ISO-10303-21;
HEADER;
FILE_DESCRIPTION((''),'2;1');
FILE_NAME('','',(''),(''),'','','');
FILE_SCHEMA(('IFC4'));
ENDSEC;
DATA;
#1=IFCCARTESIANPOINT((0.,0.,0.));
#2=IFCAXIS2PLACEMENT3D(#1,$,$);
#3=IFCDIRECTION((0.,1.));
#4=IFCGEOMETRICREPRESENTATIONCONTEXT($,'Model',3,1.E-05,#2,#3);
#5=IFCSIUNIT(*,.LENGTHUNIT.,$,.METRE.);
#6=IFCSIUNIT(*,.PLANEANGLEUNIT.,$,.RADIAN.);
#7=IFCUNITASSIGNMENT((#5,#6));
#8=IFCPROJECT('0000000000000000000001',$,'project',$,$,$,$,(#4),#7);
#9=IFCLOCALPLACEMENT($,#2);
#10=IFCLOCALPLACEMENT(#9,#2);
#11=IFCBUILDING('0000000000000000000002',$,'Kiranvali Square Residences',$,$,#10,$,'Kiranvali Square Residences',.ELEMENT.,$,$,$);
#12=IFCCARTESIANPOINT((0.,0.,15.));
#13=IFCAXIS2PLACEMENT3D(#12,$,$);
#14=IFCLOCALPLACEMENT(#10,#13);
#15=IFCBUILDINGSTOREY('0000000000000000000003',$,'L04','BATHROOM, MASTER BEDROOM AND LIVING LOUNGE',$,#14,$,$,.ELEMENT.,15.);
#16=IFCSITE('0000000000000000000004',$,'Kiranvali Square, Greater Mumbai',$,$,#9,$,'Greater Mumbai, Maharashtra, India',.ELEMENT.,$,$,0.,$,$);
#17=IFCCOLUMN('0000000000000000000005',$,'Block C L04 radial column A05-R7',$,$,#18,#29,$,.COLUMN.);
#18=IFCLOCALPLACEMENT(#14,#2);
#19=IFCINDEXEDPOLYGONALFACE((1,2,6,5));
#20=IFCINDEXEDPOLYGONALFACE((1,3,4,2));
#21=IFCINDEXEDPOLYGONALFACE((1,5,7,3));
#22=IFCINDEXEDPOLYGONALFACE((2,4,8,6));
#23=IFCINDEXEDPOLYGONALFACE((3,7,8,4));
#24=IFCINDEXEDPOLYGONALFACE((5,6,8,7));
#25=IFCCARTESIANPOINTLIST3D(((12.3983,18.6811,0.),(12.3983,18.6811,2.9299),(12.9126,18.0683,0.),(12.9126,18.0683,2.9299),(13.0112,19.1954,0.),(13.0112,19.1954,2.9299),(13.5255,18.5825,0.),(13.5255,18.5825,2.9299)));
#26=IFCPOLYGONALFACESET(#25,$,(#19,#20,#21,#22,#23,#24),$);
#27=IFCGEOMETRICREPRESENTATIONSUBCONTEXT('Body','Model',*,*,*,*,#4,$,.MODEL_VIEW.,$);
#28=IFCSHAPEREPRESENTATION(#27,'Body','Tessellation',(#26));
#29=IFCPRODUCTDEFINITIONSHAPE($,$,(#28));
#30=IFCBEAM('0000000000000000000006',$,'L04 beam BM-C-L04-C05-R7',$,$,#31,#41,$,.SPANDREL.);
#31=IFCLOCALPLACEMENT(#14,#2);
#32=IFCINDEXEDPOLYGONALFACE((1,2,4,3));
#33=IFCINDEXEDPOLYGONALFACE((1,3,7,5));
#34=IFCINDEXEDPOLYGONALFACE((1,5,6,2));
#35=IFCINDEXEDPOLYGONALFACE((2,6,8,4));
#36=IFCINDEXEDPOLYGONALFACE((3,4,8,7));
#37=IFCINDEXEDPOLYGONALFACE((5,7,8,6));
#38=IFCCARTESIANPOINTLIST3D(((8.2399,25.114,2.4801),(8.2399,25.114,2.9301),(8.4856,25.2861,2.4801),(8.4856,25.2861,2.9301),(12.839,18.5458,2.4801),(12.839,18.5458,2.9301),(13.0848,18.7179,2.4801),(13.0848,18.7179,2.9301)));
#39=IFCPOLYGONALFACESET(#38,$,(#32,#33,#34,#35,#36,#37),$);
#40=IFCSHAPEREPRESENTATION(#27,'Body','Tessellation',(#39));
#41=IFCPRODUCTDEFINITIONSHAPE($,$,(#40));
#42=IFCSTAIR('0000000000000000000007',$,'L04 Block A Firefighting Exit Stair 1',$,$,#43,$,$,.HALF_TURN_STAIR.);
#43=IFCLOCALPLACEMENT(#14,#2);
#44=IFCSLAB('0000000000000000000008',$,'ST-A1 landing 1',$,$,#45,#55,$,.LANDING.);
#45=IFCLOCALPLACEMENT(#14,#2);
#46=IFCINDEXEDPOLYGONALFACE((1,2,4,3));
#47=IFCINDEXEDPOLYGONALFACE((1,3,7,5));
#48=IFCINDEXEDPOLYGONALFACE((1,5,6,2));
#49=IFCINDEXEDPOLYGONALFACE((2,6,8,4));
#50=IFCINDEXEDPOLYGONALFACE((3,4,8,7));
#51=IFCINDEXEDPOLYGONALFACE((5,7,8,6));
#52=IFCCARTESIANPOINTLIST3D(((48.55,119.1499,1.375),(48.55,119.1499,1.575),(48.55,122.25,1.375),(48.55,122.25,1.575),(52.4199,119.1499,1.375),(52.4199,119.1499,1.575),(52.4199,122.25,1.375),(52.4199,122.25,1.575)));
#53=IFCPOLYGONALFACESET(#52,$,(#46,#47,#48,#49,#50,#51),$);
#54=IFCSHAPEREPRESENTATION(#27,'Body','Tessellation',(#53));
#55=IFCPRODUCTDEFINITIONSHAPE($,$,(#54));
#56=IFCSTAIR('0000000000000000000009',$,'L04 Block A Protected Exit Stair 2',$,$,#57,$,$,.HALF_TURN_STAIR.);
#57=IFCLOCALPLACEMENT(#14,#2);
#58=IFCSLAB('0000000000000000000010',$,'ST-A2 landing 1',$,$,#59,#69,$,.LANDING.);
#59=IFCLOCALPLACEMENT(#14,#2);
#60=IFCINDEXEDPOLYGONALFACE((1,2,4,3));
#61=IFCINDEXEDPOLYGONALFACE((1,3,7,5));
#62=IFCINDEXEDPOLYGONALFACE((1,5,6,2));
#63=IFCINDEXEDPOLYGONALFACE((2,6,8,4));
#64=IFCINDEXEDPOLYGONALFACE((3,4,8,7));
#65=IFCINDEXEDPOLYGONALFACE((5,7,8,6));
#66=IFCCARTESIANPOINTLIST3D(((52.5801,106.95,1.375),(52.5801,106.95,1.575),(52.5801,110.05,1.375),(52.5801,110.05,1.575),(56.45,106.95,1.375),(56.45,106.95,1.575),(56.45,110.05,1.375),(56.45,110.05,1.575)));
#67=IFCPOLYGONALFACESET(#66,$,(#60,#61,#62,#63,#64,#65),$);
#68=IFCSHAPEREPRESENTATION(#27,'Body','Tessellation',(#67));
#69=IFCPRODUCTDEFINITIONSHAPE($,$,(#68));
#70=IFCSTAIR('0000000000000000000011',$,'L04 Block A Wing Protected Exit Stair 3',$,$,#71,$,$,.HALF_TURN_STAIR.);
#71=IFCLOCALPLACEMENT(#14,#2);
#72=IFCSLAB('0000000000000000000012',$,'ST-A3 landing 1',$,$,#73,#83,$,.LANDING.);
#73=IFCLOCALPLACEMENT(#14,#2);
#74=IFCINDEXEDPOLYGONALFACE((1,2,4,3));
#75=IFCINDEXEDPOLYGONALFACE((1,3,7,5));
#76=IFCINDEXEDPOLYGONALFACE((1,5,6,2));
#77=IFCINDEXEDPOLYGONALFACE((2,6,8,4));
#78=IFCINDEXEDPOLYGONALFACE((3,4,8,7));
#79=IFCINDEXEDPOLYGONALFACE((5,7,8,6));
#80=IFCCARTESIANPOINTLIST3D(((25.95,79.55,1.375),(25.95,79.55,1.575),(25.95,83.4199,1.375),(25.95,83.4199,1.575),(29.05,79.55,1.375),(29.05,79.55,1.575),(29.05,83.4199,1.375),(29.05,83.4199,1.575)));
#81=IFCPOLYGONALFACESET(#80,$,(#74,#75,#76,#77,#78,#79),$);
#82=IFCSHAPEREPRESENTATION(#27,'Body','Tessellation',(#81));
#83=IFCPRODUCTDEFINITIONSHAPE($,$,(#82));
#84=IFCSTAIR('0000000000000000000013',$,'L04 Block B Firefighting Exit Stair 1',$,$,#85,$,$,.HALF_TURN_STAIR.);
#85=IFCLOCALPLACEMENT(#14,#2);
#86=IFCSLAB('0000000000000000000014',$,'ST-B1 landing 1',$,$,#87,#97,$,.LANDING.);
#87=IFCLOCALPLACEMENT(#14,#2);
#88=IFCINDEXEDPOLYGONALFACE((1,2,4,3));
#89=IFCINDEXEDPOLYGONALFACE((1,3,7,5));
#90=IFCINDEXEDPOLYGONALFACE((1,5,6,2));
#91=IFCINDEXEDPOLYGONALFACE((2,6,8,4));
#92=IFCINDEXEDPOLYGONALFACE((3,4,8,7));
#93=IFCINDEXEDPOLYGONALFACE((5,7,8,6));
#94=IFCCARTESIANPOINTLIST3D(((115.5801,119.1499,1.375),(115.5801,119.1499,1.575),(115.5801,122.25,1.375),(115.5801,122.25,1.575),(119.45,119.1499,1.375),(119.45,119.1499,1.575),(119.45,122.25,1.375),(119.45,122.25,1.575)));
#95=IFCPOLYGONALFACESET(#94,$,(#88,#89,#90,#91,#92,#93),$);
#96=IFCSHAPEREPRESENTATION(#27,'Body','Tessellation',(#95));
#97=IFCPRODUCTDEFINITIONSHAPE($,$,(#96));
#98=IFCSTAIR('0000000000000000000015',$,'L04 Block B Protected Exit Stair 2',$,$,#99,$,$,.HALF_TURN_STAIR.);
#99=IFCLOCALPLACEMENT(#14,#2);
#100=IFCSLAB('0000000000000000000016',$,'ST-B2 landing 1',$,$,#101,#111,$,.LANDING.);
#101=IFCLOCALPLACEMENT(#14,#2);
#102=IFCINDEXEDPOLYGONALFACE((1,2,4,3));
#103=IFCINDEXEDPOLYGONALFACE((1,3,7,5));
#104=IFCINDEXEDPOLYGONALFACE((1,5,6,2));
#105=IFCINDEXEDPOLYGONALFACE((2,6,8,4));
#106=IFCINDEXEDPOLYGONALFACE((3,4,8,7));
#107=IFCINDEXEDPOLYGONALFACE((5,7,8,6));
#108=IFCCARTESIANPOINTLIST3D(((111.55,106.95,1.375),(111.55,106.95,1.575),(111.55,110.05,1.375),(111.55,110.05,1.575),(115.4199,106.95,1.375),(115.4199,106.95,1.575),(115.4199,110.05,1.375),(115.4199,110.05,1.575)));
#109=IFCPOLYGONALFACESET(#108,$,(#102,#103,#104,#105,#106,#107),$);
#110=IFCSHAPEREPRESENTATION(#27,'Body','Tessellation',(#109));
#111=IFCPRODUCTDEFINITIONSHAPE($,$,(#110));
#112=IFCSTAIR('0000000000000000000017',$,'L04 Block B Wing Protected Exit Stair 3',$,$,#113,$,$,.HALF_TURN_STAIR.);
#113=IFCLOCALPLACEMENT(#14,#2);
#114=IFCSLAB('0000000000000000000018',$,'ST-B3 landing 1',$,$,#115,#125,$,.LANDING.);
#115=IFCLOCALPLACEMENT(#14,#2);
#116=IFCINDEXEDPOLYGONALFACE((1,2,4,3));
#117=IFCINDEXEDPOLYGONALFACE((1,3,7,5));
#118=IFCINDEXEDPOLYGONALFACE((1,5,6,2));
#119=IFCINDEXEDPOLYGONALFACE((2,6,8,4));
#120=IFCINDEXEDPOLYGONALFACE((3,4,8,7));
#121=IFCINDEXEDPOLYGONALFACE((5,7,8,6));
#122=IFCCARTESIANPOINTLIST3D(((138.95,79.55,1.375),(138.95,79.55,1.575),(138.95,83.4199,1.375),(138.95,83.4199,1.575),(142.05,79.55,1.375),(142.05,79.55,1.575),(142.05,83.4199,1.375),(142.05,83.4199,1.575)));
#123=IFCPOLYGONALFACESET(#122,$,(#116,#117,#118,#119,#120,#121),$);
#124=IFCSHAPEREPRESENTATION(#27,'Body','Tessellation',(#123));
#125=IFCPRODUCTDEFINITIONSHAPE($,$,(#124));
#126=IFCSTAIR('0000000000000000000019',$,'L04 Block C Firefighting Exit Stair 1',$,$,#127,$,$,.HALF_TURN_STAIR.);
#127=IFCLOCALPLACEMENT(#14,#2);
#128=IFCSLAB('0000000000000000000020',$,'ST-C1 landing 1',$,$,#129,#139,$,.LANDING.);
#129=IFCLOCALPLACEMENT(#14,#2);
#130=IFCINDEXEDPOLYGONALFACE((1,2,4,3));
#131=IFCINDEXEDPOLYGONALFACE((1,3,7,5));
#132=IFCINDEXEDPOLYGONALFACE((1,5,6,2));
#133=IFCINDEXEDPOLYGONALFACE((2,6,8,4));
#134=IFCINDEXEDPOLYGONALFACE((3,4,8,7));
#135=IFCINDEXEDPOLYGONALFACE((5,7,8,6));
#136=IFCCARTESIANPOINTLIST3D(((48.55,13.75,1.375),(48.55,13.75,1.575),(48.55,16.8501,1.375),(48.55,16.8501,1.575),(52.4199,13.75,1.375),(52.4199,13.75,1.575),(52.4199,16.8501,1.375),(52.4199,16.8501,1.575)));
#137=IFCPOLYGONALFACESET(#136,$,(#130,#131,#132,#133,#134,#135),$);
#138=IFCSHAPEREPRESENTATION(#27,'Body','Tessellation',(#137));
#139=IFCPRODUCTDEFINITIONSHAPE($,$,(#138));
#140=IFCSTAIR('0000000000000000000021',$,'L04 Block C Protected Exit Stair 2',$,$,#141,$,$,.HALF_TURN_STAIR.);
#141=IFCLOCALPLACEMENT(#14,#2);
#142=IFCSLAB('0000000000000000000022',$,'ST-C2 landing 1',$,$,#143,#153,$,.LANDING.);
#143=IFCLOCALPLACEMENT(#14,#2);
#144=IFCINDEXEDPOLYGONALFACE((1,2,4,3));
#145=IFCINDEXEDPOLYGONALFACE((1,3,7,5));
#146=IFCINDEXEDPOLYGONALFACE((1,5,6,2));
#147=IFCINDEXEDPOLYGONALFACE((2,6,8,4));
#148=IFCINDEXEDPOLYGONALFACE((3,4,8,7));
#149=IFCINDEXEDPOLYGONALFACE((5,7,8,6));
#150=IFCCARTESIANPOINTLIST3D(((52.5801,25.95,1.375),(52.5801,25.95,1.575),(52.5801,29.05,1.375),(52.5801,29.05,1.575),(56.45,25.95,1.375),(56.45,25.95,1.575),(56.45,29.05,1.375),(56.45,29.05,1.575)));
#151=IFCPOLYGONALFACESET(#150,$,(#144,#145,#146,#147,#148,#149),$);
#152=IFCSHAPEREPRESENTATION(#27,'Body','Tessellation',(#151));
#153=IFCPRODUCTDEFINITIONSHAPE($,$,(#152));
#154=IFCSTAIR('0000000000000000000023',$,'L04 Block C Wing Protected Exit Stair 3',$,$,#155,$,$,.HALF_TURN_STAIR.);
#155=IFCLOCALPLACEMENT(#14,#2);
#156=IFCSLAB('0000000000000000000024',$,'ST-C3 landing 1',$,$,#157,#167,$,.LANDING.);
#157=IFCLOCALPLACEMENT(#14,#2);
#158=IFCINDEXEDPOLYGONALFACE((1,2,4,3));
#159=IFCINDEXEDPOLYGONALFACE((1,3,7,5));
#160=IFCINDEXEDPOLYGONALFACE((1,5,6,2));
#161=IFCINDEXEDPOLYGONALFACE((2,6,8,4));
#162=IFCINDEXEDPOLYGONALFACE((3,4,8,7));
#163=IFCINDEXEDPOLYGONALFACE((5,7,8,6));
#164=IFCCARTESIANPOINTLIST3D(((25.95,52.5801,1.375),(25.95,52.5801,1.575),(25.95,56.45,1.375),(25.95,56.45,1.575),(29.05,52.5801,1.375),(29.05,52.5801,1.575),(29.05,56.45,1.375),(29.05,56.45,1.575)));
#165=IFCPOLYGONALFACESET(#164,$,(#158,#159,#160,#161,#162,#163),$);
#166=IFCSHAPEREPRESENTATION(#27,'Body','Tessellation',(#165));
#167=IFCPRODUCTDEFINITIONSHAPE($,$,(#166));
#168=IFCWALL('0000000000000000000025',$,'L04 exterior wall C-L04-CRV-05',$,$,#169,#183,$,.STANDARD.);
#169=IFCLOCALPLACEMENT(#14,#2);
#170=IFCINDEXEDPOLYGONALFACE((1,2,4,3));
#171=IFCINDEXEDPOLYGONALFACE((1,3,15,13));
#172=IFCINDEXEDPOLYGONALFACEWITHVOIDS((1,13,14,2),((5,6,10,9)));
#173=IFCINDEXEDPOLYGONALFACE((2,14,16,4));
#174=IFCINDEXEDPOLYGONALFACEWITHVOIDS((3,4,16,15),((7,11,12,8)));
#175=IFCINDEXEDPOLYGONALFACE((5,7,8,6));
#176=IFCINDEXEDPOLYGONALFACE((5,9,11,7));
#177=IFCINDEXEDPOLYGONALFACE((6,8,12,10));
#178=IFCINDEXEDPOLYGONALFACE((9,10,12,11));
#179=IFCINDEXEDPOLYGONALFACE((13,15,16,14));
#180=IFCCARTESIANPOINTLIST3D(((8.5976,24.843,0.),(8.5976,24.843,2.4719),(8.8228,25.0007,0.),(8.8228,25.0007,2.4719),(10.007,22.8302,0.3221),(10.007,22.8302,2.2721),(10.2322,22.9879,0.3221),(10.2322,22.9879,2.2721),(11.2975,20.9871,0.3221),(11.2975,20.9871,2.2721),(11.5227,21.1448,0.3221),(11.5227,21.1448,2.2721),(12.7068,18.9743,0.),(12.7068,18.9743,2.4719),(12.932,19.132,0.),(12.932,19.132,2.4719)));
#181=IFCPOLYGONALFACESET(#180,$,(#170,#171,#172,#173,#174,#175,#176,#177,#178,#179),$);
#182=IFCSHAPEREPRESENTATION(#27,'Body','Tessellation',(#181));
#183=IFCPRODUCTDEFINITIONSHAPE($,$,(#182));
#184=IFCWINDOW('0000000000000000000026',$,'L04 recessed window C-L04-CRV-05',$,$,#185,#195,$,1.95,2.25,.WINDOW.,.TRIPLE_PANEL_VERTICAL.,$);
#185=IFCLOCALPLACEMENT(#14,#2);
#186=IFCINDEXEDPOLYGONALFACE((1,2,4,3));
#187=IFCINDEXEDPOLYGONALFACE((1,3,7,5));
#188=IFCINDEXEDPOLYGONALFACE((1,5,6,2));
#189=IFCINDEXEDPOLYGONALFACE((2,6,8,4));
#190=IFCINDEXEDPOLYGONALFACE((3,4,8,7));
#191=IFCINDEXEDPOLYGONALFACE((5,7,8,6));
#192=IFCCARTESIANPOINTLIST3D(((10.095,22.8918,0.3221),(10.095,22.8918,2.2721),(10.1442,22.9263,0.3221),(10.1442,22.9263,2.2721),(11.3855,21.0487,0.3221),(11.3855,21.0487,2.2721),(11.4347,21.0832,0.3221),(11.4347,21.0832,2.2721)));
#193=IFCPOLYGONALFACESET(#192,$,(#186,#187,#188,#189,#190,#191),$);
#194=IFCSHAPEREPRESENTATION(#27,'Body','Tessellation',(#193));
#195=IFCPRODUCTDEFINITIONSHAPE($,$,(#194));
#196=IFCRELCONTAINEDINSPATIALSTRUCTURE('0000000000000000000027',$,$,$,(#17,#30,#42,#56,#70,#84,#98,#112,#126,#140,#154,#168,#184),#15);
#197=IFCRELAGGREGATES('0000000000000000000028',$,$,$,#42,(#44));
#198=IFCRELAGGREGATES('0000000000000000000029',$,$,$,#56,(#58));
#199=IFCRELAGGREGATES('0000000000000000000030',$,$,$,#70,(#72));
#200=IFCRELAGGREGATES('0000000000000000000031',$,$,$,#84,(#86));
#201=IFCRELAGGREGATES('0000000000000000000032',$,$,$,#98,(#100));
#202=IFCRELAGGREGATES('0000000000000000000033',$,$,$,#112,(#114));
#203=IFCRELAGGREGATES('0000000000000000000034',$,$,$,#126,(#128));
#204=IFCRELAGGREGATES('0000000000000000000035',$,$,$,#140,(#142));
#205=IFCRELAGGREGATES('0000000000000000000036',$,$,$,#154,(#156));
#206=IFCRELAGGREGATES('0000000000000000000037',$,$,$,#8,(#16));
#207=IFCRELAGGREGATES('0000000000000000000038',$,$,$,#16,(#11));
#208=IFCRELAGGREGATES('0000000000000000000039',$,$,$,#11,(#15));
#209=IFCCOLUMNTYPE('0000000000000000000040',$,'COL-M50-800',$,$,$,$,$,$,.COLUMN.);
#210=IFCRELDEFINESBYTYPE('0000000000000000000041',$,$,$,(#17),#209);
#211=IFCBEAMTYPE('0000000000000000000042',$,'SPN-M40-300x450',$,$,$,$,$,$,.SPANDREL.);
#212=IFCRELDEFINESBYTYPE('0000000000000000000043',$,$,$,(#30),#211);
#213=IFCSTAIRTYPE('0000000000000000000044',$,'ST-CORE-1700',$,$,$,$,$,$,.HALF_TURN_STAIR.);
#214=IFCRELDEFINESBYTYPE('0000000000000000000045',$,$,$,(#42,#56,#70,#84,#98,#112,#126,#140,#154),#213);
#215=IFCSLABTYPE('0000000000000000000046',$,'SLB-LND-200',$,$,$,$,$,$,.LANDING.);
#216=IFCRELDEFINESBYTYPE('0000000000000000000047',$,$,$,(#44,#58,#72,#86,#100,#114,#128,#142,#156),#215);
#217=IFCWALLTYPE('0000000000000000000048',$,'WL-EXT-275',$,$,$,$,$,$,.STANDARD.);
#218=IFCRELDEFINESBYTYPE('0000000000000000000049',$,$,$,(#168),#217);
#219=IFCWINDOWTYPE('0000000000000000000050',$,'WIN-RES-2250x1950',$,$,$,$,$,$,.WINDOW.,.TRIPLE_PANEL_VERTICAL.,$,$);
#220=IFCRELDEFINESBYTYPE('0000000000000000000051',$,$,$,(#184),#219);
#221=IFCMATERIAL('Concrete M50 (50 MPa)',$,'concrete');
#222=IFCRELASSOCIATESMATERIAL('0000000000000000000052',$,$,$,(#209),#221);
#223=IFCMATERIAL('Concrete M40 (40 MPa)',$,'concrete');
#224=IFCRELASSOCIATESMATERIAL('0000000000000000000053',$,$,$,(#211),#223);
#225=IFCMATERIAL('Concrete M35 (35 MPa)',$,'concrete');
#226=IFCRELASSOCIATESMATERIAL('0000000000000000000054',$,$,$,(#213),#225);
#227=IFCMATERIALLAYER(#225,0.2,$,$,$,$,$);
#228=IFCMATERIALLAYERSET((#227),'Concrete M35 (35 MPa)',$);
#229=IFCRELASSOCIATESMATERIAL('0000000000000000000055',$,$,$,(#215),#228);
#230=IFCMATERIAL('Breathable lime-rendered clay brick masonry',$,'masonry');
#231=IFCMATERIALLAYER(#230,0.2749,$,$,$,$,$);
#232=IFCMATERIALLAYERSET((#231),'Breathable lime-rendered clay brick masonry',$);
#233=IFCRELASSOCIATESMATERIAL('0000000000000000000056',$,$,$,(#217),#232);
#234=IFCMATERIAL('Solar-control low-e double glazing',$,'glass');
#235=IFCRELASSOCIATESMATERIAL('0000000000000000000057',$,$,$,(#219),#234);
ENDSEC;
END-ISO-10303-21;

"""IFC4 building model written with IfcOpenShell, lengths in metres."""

from ifc_helpers import new_model, si_unit, direction, frame, frame_2d, origin, origin_2d, place, context, subcontext, project, spatial, polyline, rectangle, outline, extrude, material, layer, layer_set, material_profile, profile_set, type_object, element, fill, aggregate, save


model = new_model("IFC4")

# Units and contexts
model_context = context("Model", 3, precision=1e-05, world=origin(), true_north=direction((0.0, 1.0)))
body_context = subcontext(model_context, "Body", "Model", "MODEL_VIEW")
ifc_project = project(units=[si_unit("LENGTHUNIT", "METRE"), si_unit("PLANEANGLEUNIT", "RADIAN")], contexts=[model_context])

# Site, building, storey
site_placement = place(None, origin())
site = spatial("IfcSite", under=ifc_project, at=site_placement, Name="Kiranvali Square, Greater Mumbai", LongName="Greater Mumbai, Maharashtra, India", CompositionType="ELEMENT", RefElevation=0.0)
building_placement = place(site_placement, origin())
building = spatial("IfcBuilding", under=site, at=building_placement, Name="Kiranvali Square Residences", LongName="Kiranvali Square Residences", CompositionType="ELEMENT")
storey_placement = place(building_placement, frame((0.0, 0.0, 15.0)))
storey = spatial("IfcBuildingStorey", under=building, at=storey_placement, Name="L04", Description="BATHROOM, MASTER BEDROOM AND LIVING LOUNGE", CompositionType="ELEMENT", Elevation=15.0)

# Column
ifc_material_1 = material(Name="Concrete M50 (50 MPa)", Category="concrete")
ifc_material_profile_1 = material_profile(ifc_material_1, rectangle(XDim=0.8, YDim=0.8, at=origin_2d()), Name="RC 800x800")
ifc_profile_set_1 = profile_set([ifc_material_profile_1], Name="Concrete M50 (50 MPa)")
column_type = type_object("IfcColumnType", Name="COL-M50-800", PredefinedType="COLUMN", material=ifc_profile_set_1)
column_placement = place(storey_placement, frame((12.9619, 18.6318, 0.0), z_axis=(0.0, 0.0, 1.0), x_axis=(-0.642788, 0.766044, 0.0)))
element("IfcColumn", 1, at=column_placement, inside=storey, type_object=column_type, Name="Block C L04 radial column A05-R7", PredefinedType="COLUMN", context=body_context, shape_type="SweptSolid", body=[
    extrude(rectangle(XDim=0.8, YDim=0.8, at=origin_2d()), origin(), (0.0, 0.0, 1.0), 2.9299),
])

# Beam
ifc_material_2 = material(Name="Concrete M40 (40 MPa)", Category="concrete")
ifc_material_profile_2 = material_profile(ifc_material_2, rectangle(XDim=0.3, YDim=0.45, at=origin_2d()), Name="RC 300x450")
ifc_profile_set_2 = profile_set([ifc_material_profile_2], Name="Concrete M40 (40 MPa)")
beam_type = type_object("IfcBeamType", Name="SPN-M40-300x450", PredefinedType="SPANDREL", material=ifc_profile_set_2)
beam_placement = place(storey_placement, frame((12.9619, 18.6318, 2.7051), z_axis=(-0.573583, 0.819148, 0.0), x_axis=(-0.819148, -0.573583, 0.0)))
element("IfcBeam", 2, at=beam_placement, inside=storey, type_object=beam_type, Name="L04 beam BM-C-L04-C05-R7", PredefinedType="SPANDREL", context=body_context, shape_type="SweptSolid", body=[
    extrude(rectangle(XDim=0.3, YDim=0.45, at=origin_2d()), origin(), (0.0, 0.0, 1.0), 8.0183),
])

# Stairs, slabs
ifc_material_3 = material(Name="Concrete M35 (35 MPa)", Category="concrete")
stair_type = type_object("IfcStairType", Name="ST-CORE-1700", PredefinedType="HALF_TURN_STAIR", material=ifc_material_3)
stair_1_placement = place(storey_placement, origin())
stair_1 = element("IfcStair", 3, at=stair_1_placement, inside=storey, type_object=stair_type, Name="L04 Block A Firefighting Exit Stair 1", PredefinedType="HALF_TURN_STAIR")
ifc_layer_1 = layer(ifc_material_3, 0.2)
ifc_layer_set_1 = layer_set([ifc_layer_1], Name="Concrete M35 (35 MPa)")
slab_type = type_object("IfcSlabType", Name="SLB-LND-200", PredefinedType="LANDING", material=ifc_layer_set_1)
slab_1_placement = place(storey_placement, frame((0.0, 0.0, 1.375)))
slab_1 = element("IfcSlab", 4, at=slab_1_placement, type_object=slab_type, Name="ST-A1 landing 1", PredefinedType="LANDING", context=body_context, shape_type="SweptSolid", body=[
    extrude(outline(polyline([(52.4199, 122.25), (48.55, 122.25), (48.55, 119.1499), (52.4199, 119.1499), (52.4199, 122.25)])), origin(), (0.0, 0.0, 1.0), 0.2),
])
aggregate(stair_1, [slab_1])
stair_2_placement = place(storey_placement, origin())
stair_2 = element("IfcStair", 5, at=stair_2_placement, inside=storey, type_object=stair_type, Name="L04 Block A Protected Exit Stair 2", PredefinedType="HALF_TURN_STAIR")
slab_2_placement = place(storey_placement, frame((0.0, 0.0, 1.375)))
slab_2 = element("IfcSlab", 6, at=slab_2_placement, type_object=slab_type, Name="ST-A2 landing 1", PredefinedType="LANDING", context=body_context, shape_type="SweptSolid", body=[
    extrude(outline(polyline([(52.5801, 106.95), (56.45, 106.95), (56.45, 110.05), (52.5801, 110.05), (52.5801, 106.95)])), origin(), (0.0, 0.0, 1.0), 0.2),
])
aggregate(stair_2, [slab_2])
stair_3_placement = place(storey_placement, origin())
stair_3 = element("IfcStair", 7, at=stair_3_placement, inside=storey, type_object=stair_type, Name="L04 Block A Wing Protected Exit Stair 3", PredefinedType="HALF_TURN_STAIR")
slab_3_placement = place(storey_placement, frame((0.0, 0.0, 1.375)))
slab_3 = element("IfcSlab", 8, at=slab_3_placement, type_object=slab_type, Name="ST-A3 landing 1", PredefinedType="LANDING", context=body_context, shape_type="SweptSolid", body=[
    extrude(outline(polyline([(25.95, 83.4199), (25.95, 79.55), (29.05, 79.55), (29.05, 83.4199), (25.95, 83.4199)])), origin(), (0.0, 0.0, 1.0), 0.2),
])
aggregate(stair_3, [slab_3])
stair_4_placement = place(storey_placement, origin())
stair_4 = element("IfcStair", 9, at=stair_4_placement, inside=storey, type_object=stair_type, Name="L04 Block B Firefighting Exit Stair 1", PredefinedType="HALF_TURN_STAIR")
slab_4_placement = place(storey_placement, frame((0.0, 0.0, 1.375)))
slab_4 = element("IfcSlab", 10, at=slab_4_placement, type_object=slab_type, Name="ST-B1 landing 1", PredefinedType="LANDING", context=body_context, shape_type="SweptSolid", body=[
    extrude(outline(polyline([(115.5801, 119.1499), (119.45, 119.1499), (119.45, 122.25), (115.5801, 122.25), (115.5801, 119.1499)])), origin(), (0.0, 0.0, 1.0), 0.2),
])
aggregate(stair_4, [slab_4])
stair_5_placement = place(storey_placement, origin())
stair_5 = element("IfcStair", 11, at=stair_5_placement, inside=storey, type_object=stair_type, Name="L04 Block B Protected Exit Stair 2", PredefinedType="HALF_TURN_STAIR")
slab_5_placement = place(storey_placement, frame((0.0, 0.0, 1.375)))
slab_5 = element("IfcSlab", 12, at=slab_5_placement, type_object=slab_type, Name="ST-B2 landing 1", PredefinedType="LANDING", context=body_context, shape_type="SweptSolid", body=[
    extrude(outline(polyline([(115.4199, 110.05), (111.55, 110.05), (111.55, 106.95), (115.4199, 106.95), (115.4199, 110.05)])), origin(), (0.0, 0.0, 1.0), 0.2),
])
aggregate(stair_5, [slab_5])
stair_6_placement = place(storey_placement, origin())
stair_6 = element("IfcStair", 13, at=stair_6_placement, inside=storey, type_object=stair_type, Name="L04 Block B Wing Protected Exit Stair 3", PredefinedType="HALF_TURN_STAIR")
slab_6_placement = place(storey_placement, frame((0.0, 0.0, 1.375)))
slab_6 = element("IfcSlab", 14, at=slab_6_placement, type_object=slab_type, Name="ST-B3 landing 1", PredefinedType="LANDING", context=body_context, shape_type="SweptSolid", body=[
    extrude(outline(polyline([(138.95, 83.4199), (138.95, 79.55), (142.05, 79.55), (142.05, 83.4199), (138.95, 83.4199)])), origin(), (0.0, 0.0, 1.0), 0.2),
])
aggregate(stair_6, [slab_6])
stair_7_placement = place(storey_placement, origin())
stair_7 = element("IfcStair", 15, at=stair_7_placement, inside=storey, type_object=stair_type, Name="L04 Block C Firefighting Exit Stair 1", PredefinedType="HALF_TURN_STAIR")
slab_7_placement = place(storey_placement, frame((0.0, 0.0, 1.375)))
slab_7 = element("IfcSlab", 16, at=slab_7_placement, type_object=slab_type, Name="ST-C1 landing 1", PredefinedType="LANDING", context=body_context, shape_type="SweptSolid", body=[
    extrude(outline(polyline([(52.4199, 16.8501), (48.55, 16.8501), (48.55, 13.75), (52.4199, 13.75), (52.4199, 16.8501)])), origin(), (0.0, 0.0, 1.0), 0.2),
])
aggregate(stair_7, [slab_7])
stair_8_placement = place(storey_placement, origin())
stair_8 = element("IfcStair", 17, at=stair_8_placement, inside=storey, type_object=stair_type, Name="L04 Block C Protected Exit Stair 2", PredefinedType="HALF_TURN_STAIR")
slab_8_placement = place(storey_placement, frame((0.0, 0.0, 1.375)))
slab_8 = element("IfcSlab", 18, at=slab_8_placement, type_object=slab_type, Name="ST-C2 landing 1", PredefinedType="LANDING", context=body_context, shape_type="SweptSolid", body=[
    extrude(outline(polyline([(52.5801, 25.95), (56.45, 25.95), (56.45, 29.05), (52.5801, 29.05), (52.5801, 25.95)])), origin(), (0.0, 0.0, 1.0), 0.2),
])
aggregate(stair_8, [slab_8])
stair_9_placement = place(storey_placement, origin())
stair_9 = element("IfcStair", 19, at=stair_9_placement, inside=storey, type_object=stair_type, Name="L04 Block C Wing Protected Exit Stair 3", PredefinedType="HALF_TURN_STAIR")
slab_9_placement = place(storey_placement, frame((0.0, 0.0, 1.375)))
slab_9 = element("IfcSlab", 20, at=slab_9_placement, type_object=slab_type, Name="ST-C3 landing 1", PredefinedType="LANDING", context=body_context, shape_type="SweptSolid", body=[
    extrude(outline(polyline([(29.05, 52.5801), (29.05, 56.45), (25.95, 56.45), (25.95, 52.5801), (29.05, 52.5801)])), origin(), (0.0, 0.0, 1.0), 0.2),
])
aggregate(stair_9, [slab_9])

# Wall, opening, window
ifc_material_4 = material(Name="Breathable lime-rendered clay brick masonry", Category="masonry")
ifc_layer_2 = layer(ifc_material_4, 0.2749)
ifc_layer_set_2 = layer_set([ifc_layer_2], Name="Breathable lime-rendered clay brick masonry")
wall_type = type_object("IfcWallType", Name="WL-EXT-275", PredefinedType="STANDARD", material=ifc_layer_set_2)
wall_placement = place(storey_placement, frame((12.8193, 19.0532, 0.0), z_axis=(0.0, 0.0, 1.0), x_axis=(-0.573563, 0.819161, 0.0)))
wall = element("IfcWall", 21, at=wall_placement, inside=storey, type_object=wall_type, Name="L04 exterior wall C-L04-CRV-05", PredefinedType="STANDARD", context=body_context, shape_type="SweptSolid", body=[
    extrude(rectangle(XDim=7.1643, YDim=0.2749, at=frame_2d((3.582, 0.0))), origin(), (0.0, 0.0, 1.0), 2.4719),
])
opening_placement = place(wall_placement, frame((2.457, 0.0, 0.322)))
opening = element("IfcOpeningElement", 22, at=opening_placement, cuts=wall, PredefinedType="OPENING", context=body_context, shape_type="SweptSolid", body=[
    extrude(rectangle(XDim=2.25, YDim=1.95, at=frame_2d((1.125, 0.9751))), frame((0.0, 0.1475, 0.0), z_axis=(0.0, -1.0, 0.0), x_axis=(1.0, 0.0, 0.0)), (0.0, 0.0, 1.0), 0.2949),
])
ifc_material_5 = material(Name="Solar-control low-e double glazing", Category="glass")
window_type = type_object("IfcWindowType", Name="WIN-RES-2250x1950", PartitioningType="TRIPLE_PANEL_VERTICAL", PredefinedType="WINDOW", material=ifc_material_5)
window_placement = place(opening_placement, origin())
window = element("IfcWindow", 23, at=window_placement, inside=storey, type_object=window_type, Name="L04 recessed window C-L04-CRV-05", OverallHeight=1.95, OverallWidth=2.25, PartitioningType="TRIPLE_PANEL_VERTICAL", PredefinedType="WINDOW", context=body_context, shape_type="SweptSolid", body=[
    extrude(rectangle(XDim=2.25, YDim=1.95, at=frame_2d((1.125, 0.9751))), frame((0.0, 0.03, 0.0), z_axis=(0.0, -1.0, 0.0), x_axis=(1.0, 0.0, 0.0)), (0.0, 0.0, 1.0), 0.0601),
])
fill(opening, window)

save(model, "model.ifc")
